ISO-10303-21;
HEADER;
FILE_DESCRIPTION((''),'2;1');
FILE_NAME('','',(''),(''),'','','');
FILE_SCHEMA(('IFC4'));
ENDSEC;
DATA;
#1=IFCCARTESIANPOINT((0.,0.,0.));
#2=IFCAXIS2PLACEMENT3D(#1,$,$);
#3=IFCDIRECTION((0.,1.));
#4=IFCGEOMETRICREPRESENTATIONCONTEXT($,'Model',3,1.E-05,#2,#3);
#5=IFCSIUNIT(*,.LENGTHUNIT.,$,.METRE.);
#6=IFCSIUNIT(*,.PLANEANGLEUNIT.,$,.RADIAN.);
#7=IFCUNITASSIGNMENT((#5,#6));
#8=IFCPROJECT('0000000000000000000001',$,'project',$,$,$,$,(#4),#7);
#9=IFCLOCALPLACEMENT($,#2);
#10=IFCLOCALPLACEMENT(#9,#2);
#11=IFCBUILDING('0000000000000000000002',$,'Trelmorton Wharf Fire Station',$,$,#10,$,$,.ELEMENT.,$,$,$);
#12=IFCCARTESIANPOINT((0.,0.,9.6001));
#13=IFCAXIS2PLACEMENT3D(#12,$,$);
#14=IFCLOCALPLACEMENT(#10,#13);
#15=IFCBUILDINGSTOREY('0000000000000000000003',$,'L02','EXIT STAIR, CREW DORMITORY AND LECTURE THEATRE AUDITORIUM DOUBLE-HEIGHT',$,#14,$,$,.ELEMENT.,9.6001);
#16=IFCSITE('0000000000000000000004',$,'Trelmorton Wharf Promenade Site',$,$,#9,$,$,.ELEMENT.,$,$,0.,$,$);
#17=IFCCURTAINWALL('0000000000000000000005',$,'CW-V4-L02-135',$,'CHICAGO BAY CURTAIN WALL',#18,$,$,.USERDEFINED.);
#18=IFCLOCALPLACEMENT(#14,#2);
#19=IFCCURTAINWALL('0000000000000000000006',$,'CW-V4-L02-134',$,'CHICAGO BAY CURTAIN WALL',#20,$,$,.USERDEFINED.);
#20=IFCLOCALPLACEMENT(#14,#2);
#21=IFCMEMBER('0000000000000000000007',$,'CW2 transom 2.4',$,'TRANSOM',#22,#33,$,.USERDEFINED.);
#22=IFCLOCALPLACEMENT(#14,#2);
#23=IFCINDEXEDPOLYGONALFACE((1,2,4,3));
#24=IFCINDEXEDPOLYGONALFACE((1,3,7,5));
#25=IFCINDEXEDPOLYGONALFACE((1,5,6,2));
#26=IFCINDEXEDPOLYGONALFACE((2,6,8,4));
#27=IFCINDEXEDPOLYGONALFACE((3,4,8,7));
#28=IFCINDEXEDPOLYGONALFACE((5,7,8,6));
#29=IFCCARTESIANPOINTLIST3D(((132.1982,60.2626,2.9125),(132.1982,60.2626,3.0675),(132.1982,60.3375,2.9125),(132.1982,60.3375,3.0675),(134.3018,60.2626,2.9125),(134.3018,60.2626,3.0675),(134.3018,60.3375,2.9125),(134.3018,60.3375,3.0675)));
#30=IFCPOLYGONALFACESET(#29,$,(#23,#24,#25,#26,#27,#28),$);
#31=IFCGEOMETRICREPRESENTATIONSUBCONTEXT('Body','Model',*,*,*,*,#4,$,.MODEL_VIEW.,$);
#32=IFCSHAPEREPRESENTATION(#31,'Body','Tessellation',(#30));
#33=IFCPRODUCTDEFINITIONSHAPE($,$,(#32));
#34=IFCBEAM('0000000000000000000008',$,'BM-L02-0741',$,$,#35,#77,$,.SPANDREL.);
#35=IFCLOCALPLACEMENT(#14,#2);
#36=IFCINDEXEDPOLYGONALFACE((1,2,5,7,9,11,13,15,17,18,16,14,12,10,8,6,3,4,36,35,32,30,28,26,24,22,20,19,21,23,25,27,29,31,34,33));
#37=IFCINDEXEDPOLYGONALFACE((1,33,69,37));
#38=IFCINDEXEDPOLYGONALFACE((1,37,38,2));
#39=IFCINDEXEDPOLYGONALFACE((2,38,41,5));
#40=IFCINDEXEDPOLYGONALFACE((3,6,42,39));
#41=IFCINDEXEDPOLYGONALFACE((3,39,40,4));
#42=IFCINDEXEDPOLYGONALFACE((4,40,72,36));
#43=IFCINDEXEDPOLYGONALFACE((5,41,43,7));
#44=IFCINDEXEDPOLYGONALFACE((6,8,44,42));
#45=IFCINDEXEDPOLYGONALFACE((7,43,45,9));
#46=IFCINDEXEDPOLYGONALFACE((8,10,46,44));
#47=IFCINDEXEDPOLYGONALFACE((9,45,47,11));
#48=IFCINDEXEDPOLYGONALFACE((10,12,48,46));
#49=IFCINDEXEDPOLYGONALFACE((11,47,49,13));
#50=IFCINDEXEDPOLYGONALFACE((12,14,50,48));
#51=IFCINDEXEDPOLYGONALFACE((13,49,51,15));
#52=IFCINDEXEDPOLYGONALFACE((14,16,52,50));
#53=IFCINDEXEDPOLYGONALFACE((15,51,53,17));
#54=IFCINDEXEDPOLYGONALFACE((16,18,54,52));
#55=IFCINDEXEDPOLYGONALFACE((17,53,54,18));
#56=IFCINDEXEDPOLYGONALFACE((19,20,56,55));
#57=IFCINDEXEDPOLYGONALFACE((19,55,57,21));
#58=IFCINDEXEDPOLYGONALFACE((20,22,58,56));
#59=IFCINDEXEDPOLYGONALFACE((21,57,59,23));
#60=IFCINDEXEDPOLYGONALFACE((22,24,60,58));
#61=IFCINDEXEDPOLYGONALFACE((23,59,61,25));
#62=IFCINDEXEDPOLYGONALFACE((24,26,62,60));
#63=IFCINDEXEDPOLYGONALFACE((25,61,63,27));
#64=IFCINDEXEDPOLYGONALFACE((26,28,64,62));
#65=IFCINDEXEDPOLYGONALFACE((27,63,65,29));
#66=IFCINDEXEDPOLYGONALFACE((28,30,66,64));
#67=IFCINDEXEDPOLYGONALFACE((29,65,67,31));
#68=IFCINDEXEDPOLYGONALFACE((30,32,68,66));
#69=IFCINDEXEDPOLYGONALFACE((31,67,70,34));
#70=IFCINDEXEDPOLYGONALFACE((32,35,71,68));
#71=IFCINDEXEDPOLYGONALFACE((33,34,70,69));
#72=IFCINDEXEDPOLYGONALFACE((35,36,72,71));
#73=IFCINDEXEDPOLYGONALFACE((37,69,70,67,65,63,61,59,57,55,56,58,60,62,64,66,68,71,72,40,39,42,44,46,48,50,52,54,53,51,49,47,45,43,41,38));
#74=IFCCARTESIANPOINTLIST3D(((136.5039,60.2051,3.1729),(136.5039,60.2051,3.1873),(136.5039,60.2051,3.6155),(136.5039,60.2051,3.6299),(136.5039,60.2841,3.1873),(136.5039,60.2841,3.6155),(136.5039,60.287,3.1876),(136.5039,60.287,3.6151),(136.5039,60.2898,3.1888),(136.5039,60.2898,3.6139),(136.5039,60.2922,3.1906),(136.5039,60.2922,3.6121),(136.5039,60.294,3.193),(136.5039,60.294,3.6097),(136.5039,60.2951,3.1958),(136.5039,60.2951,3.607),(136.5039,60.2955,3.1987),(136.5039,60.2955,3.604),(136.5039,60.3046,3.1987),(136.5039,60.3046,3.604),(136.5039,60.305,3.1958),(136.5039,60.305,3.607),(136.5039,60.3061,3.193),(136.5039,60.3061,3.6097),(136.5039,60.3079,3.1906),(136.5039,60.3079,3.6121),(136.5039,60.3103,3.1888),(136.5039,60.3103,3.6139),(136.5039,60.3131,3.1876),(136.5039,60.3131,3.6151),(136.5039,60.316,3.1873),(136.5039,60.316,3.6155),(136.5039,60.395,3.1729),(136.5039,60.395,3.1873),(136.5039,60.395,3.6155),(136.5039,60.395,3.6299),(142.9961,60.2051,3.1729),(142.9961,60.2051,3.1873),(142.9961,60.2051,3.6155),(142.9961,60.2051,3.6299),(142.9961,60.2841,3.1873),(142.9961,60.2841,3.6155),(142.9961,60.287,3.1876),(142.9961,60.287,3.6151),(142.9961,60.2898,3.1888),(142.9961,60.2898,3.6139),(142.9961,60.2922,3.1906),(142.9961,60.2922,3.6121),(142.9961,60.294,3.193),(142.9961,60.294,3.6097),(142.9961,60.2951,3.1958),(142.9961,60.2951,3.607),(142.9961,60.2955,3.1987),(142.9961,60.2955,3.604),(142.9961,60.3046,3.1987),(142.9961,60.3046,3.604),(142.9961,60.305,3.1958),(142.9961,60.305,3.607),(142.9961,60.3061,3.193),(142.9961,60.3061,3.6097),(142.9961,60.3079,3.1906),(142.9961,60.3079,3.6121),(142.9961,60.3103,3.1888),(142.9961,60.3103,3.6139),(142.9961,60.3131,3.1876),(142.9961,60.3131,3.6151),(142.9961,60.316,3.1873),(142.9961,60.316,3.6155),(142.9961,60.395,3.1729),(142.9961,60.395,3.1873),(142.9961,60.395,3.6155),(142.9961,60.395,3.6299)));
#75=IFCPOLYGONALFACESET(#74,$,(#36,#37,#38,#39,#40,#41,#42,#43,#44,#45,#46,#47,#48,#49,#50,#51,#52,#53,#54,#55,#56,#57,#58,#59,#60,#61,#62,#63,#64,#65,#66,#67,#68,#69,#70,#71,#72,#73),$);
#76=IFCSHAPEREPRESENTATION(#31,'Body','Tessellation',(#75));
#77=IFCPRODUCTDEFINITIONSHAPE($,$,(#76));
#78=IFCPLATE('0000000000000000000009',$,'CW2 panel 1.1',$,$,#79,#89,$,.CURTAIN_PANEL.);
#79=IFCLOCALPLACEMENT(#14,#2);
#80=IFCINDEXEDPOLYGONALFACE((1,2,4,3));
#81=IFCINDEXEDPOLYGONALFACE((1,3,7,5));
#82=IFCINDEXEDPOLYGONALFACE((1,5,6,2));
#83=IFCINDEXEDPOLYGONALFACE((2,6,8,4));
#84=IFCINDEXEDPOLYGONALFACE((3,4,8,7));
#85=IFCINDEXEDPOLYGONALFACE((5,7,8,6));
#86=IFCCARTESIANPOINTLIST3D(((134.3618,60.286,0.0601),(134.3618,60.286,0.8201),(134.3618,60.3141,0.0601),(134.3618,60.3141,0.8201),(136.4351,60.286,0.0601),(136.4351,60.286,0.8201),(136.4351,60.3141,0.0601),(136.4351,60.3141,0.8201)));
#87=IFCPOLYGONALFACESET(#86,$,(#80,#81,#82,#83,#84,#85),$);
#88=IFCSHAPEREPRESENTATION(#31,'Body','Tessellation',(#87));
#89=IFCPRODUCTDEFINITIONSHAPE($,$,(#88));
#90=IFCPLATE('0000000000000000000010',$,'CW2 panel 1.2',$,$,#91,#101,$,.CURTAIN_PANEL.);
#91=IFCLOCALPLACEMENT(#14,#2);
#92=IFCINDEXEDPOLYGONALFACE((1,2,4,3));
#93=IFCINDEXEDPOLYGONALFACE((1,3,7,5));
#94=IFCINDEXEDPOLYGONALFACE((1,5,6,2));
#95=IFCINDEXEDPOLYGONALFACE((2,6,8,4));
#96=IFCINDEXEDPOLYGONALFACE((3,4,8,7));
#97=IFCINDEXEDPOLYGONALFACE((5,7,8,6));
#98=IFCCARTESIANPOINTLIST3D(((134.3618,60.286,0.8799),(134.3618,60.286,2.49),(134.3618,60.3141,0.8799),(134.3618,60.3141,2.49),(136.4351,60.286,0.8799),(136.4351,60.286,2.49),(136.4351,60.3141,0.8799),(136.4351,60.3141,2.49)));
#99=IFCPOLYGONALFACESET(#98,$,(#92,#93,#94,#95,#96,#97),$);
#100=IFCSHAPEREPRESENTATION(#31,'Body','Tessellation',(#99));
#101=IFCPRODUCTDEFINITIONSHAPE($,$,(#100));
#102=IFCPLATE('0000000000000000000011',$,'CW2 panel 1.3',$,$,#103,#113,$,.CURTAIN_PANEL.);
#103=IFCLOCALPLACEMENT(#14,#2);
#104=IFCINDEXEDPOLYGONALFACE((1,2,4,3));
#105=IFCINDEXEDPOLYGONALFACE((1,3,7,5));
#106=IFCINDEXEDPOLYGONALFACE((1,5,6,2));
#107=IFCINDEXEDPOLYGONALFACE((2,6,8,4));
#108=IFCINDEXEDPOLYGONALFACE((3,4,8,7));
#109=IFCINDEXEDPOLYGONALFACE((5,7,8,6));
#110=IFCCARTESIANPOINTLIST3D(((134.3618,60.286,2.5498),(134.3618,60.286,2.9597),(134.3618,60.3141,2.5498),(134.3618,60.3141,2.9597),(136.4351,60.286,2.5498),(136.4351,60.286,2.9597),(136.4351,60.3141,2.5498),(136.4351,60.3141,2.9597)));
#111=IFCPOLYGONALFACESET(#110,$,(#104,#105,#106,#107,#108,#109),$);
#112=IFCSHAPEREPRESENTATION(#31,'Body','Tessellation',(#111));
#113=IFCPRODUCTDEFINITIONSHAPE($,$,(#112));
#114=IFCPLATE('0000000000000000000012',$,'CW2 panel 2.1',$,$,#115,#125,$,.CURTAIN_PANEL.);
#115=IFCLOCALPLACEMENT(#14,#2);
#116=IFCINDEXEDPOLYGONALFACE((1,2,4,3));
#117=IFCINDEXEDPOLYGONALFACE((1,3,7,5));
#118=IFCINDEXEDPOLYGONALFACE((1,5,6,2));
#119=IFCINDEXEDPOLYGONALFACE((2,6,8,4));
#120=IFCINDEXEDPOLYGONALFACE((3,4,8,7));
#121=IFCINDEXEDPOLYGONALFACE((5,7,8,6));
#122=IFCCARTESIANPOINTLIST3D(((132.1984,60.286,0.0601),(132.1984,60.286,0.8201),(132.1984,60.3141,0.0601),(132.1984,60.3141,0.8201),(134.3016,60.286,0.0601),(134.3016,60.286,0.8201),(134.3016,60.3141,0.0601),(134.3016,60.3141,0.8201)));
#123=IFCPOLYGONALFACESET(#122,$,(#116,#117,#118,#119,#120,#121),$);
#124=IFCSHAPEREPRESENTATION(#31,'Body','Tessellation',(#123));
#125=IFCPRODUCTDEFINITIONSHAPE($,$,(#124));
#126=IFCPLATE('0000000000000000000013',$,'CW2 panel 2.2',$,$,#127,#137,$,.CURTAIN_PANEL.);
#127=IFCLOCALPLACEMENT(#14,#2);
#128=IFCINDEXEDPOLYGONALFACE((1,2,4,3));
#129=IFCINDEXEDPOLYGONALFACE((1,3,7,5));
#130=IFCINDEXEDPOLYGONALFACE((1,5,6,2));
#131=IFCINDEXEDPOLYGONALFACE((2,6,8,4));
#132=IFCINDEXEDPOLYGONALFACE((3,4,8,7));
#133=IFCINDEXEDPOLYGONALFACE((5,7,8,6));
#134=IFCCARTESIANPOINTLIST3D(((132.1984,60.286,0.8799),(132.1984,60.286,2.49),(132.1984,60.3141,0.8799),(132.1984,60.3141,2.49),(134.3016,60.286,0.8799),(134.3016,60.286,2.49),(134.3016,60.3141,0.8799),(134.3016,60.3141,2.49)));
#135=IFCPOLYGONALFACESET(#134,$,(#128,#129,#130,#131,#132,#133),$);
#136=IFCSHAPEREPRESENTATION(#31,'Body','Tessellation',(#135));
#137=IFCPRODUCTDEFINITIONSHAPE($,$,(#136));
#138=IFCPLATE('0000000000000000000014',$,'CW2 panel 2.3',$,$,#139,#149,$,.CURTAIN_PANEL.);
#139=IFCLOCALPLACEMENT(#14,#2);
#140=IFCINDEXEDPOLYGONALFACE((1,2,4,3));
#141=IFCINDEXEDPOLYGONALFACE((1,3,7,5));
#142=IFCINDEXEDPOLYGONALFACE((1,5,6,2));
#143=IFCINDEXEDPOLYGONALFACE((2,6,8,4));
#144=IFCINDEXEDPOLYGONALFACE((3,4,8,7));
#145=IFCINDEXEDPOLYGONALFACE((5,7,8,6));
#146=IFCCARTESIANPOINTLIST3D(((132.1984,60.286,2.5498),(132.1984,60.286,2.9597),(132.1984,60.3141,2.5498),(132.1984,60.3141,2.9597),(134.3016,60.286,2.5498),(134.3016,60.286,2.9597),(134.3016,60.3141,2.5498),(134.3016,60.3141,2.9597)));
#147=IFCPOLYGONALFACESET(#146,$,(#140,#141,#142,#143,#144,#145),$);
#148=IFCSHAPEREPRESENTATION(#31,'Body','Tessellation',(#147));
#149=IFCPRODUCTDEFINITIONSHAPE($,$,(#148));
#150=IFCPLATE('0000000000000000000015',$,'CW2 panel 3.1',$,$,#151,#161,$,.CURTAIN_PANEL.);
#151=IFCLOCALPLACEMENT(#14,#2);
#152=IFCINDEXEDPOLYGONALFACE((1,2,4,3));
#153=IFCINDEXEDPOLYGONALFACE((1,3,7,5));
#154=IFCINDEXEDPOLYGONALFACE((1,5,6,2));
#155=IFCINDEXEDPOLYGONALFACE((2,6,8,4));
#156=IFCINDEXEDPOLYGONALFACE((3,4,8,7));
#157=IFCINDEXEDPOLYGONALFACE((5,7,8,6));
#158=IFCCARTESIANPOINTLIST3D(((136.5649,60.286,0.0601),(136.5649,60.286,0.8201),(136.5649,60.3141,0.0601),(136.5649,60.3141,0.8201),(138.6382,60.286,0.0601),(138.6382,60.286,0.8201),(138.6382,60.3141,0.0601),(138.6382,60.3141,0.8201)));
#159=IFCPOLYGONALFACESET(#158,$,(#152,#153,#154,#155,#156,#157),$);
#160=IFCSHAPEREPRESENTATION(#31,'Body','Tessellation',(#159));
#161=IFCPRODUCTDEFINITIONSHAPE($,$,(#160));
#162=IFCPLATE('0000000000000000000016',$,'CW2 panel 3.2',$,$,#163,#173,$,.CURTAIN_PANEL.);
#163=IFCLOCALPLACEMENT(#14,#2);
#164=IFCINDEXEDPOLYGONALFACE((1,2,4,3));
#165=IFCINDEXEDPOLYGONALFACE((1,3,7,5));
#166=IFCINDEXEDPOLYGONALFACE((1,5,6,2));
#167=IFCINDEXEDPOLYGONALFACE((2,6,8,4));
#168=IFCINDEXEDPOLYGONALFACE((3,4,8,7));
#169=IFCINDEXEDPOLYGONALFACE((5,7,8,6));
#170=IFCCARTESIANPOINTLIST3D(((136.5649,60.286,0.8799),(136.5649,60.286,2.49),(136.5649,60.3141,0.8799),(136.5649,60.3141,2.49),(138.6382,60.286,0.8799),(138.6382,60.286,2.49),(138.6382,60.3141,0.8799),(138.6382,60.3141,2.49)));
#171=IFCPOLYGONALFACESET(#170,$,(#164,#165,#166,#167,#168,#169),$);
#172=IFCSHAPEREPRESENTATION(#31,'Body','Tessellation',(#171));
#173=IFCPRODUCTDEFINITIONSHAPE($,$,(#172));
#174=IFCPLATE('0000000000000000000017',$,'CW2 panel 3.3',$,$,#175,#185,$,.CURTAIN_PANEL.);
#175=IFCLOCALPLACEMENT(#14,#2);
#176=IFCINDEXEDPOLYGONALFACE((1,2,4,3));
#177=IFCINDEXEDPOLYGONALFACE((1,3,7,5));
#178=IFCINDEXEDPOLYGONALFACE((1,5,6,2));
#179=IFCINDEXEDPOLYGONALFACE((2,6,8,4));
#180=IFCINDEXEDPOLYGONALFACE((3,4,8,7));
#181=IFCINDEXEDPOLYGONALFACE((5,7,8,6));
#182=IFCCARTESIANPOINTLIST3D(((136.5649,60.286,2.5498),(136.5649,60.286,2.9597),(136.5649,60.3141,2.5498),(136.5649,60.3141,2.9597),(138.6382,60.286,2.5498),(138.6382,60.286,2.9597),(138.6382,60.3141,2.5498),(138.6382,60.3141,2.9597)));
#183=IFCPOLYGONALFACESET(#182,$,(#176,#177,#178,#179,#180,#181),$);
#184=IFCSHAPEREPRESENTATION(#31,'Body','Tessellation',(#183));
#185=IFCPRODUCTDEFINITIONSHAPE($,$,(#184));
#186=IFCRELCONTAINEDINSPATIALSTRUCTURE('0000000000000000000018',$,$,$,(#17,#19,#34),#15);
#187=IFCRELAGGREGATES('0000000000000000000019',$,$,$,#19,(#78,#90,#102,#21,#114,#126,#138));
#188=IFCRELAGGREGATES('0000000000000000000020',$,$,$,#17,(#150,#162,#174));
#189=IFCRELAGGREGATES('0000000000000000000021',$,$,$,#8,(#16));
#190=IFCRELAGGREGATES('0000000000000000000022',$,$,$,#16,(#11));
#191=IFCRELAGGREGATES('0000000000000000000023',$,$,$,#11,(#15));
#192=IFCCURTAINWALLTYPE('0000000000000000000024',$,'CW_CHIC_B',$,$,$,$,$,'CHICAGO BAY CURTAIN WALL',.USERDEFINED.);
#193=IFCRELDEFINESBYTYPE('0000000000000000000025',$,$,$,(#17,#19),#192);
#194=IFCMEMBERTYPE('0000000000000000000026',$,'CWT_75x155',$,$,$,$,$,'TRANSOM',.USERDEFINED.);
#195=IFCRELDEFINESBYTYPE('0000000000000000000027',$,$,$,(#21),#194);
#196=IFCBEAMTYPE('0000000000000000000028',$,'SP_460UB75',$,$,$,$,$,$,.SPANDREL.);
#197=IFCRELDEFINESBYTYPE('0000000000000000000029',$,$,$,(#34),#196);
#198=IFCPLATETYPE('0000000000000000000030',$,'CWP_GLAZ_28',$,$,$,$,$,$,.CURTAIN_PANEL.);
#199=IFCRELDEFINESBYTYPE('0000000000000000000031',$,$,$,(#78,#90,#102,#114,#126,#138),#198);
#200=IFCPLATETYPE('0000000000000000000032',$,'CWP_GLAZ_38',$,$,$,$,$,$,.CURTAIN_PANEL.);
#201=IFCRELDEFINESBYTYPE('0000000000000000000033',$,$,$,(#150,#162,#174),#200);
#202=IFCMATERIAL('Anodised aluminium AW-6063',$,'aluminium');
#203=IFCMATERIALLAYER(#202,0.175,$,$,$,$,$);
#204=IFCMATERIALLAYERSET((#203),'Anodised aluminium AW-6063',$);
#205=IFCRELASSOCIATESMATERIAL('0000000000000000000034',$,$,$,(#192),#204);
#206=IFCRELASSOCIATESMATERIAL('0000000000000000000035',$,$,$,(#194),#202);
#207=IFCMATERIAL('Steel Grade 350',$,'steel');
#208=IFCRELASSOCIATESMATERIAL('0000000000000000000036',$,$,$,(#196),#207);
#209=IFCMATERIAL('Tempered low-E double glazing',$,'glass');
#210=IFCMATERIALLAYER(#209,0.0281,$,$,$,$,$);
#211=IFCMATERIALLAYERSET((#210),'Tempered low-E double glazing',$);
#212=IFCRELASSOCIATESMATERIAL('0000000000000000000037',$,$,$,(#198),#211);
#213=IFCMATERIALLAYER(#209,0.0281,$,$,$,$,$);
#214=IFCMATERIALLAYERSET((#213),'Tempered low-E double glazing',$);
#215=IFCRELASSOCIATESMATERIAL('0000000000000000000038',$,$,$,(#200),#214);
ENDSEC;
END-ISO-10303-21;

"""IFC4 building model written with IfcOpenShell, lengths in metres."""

from ifc_helpers import new_model, si_unit, direction, frame, origin, origin_2d, place, context, subcontext, project, spatial, rectangle, i_section, extrude, material, layer, layer_set, material_profile, profile_set, type_object, element, aggregate, save


model = new_model("IFC4")

# Units and contexts
model_context = context("Model", 3, precision=1e-05, world=origin(), true_north=direction((0.0, 1.0)))
body_context = subcontext(model_context, "Body", "Model", "MODEL_VIEW")
ifc_project = project(units=[si_unit("LENGTHUNIT", "METRE"), si_unit("PLANEANGLEUNIT", "RADIAN")], contexts=[model_context])

# Site, building, storey
site_placement = place(None, origin())
site = spatial("IfcSite", under=ifc_project, at=site_placement, Name="Trelmorton Wharf Promenade Site", CompositionType="ELEMENT", RefElevation=0.0)
building_placement = place(site_placement, origin())
building = spatial("IfcBuilding", under=site, at=building_placement, Name="Trelmorton Wharf Fire Station", CompositionType="ELEMENT")
storey_placement = place(building_placement, frame((0.0, 0.0, 9.6001)))
storey = spatial("IfcBuildingStorey", under=building, at=storey_placement, Name="L02", Description="EXIT STAIR, CREW DORMITORY AND LECTURE THEATRE AUDITORIUM DOUBLE-HEIGHT", CompositionType="ELEMENT", Elevation=9.6001)

# Shared definitions
ifc_material_1 = material(Name="Steel Grade 350", Category="steel")

# Curtain wall
ifc_material_2 = material(Name="Anodised aluminium AW-6063", Category="aluminium")
ifc_layer_1 = layer(ifc_material_2, 0.175)
ifc_layer_set_1 = layer_set([ifc_layer_1], Name="Anodised aluminium AW-6063")
curtain_wall_type = type_object("IfcCurtainWallType", Name="CW_CHIC_B", ElementType="CHICAGO BAY CURTAIN WALL", PredefinedType="USERDEFINED", material=ifc_layer_set_1)
curtain_wall_1_placement = place(storey_placement, origin())
curtain_wall_1 = element("IfcCurtainWall", 1, at=curtain_wall_1_placement, inside=storey, type_object=curtain_wall_type, Name="CW-V4-L02-135", ObjectType="CHICAGO BAY CURTAIN WALL", PredefinedType="USERDEFINED")

# Curtain wall, member
curtain_wall_2_placement = place(storey_placement, origin())
curtain_wall_2 = element("IfcCurtainWall", 2, at=curtain_wall_2_placement, inside=storey, type_object=curtain_wall_type, Name="CW-V4-L02-134", ObjectType="CHICAGO BAY CURTAIN WALL", PredefinedType="USERDEFINED")
ifc_material_profile_1 = material_profile(ifc_material_2, rectangle(XDim=0.075, YDim=0.155, at=origin_2d()), Name="ALU-75x155")
ifc_profile_set_1 = profile_set([ifc_material_profile_1], Name="Anodised aluminium AW-6063")
member_type_1 = type_object("IfcMemberType", Name="CWT_75x155", ElementType="TRANSOM", PredefinedType="USERDEFINED", material=ifc_profile_set_1)
member_1_placement = place(storey_placement, frame((134.3018, 60.3, 2.99), z_axis=(-1.0, 0.0, 0.0), x_axis=(0.0, -1.0, 0.0)))
member_1 = element("IfcMember", 3, at=member_1_placement, type_object=member_type_1, Name="CW2 transom 2.4", ObjectType="TRANSOM", PredefinedType="USERDEFINED", context=body_context, shape_type="SweptSolid", body=[
    extrude(rectangle(XDim=0.075, YDim=0.155, at=origin_2d()), origin(), (0.0, 0.0, 1.0), 2.1035),
])

# Beam
ifc_material_profile_2 = material_profile(ifc_material_1, i_section(OverallWidth=0.1899, OverallDepth=0.457, WebThickness=0.009, FlangeThickness=0.0144, FilletRadius=0.0115, at=origin_2d()), Name="460UB74.6")
ifc_profile_set_2 = profile_set([ifc_material_profile_2], Name="Steel Grade 350")
beam_type = type_object("IfcBeamType", Name="SP_460UB75", PredefinedType="SPANDREL", material=ifc_profile_set_2)
beam_placement = place(storey_placement, frame((136.5039, 60.3, 3.4014), z_axis=(1.0, 0.0, 0.0), x_axis=(0.0, 1.0, 0.0)))
element("IfcBeam", 4, at=beam_placement, inside=storey, type_object=beam_type, Name="BM-L02-0741", PredefinedType="SPANDREL", context=body_context, shape_type="SweptSolid", body=[
    extrude(i_section(OverallWidth=0.1899, OverallDepth=0.457, WebThickness=0.009, FlangeThickness=0.0144, FilletRadius=0.0115, at=origin_2d()), origin(), (0.0, 0.0, 1.0), 6.4922),
])

# Plates
ifc_material_3 = material(Name="Tempered low-E double glazing", Category="glass")
ifc_layer_2 = layer(ifc_material_3, 0.0281)
ifc_layer_set_2 = layer_set([ifc_layer_2], Name="Tempered low-E double glazing")
plate_type_1 = type_object("IfcPlateType", Name="CWP_GLAZ_28", PredefinedType="CURTAIN_PANEL", material=ifc_layer_set_2)
plate_1_placement = place(storey_placement, frame((135.3984, 60.3, 0.0601), z_axis=(0.0, 0.0, 1.0), x_axis=(-1.0, 0.0, 0.0)))
plate_1 = element("IfcPlate", 5, at=plate_1_placement, type_object=plate_type_1, Name="CW2 panel 1.1", PredefinedType="CURTAIN_PANEL", context=body_context, shape_type="SweptSolid", body=[
    extrude(rectangle(XDim=2.0732, YDim=0.0281, at=origin_2d()), origin(), (0.0, 0.0, 1.0), 0.76),
])
plate_2_placement = place(storey_placement, frame((135.3984, 60.3, 0.8799), z_axis=(0.0, 0.0, 1.0), x_axis=(-1.0, 0.0, 0.0)))
plate_2 = element("IfcPlate", 6, at=plate_2_placement, type_object=plate_type_1, Name="CW2 panel 1.2", PredefinedType="CURTAIN_PANEL", context=body_context, shape_type="SweptSolid", body=[
    extrude(rectangle(XDim=2.0732, YDim=0.0281, at=origin_2d()), origin(), (0.0, 0.0, 1.0), 1.6101),
])
plate_3_placement = place(storey_placement, frame((135.3984, 60.3, 2.5498), z_axis=(0.0, 0.0, 1.0), x_axis=(-1.0, 0.0, 0.0)))
plate_3 = element("IfcPlate", 7, at=plate_3_placement, type_object=plate_type_1, Name="CW2 panel 1.3", PredefinedType="CURTAIN_PANEL", context=body_context, shape_type="SweptSolid", body=[
    extrude(rectangle(XDim=2.0732, YDim=0.0281, at=origin_2d()), origin(), (0.0, 0.0, 1.0), 0.4099),
])
plate_4_placement = place(storey_placement, frame((133.25, 60.3, 0.0601), z_axis=(0.0, 0.0, 1.0), x_axis=(-1.0, 0.0, 0.0)))
plate_4 = element("IfcPlate", 8, at=plate_4_placement, type_object=plate_type_1, Name="CW2 panel 2.1", PredefinedType="CURTAIN_PANEL", context=body_context, shape_type="SweptSolid", body=[
    extrude(rectangle(XDim=2.1033, YDim=0.0281, at=origin_2d()), origin(), (0.0, 0.0, 1.0), 0.76),
])
plate_5_placement = place(storey_placement, frame((133.25, 60.3, 0.8799), z_axis=(0.0, 0.0, 1.0), x_axis=(-1.0, 0.0, 0.0)))
plate_5 = element("IfcPlate", 9, at=plate_5_placement, type_object=plate_type_1, Name="CW2 panel 2.2", PredefinedType="CURTAIN_PANEL", context=body_context, shape_type="SweptSolid", body=[
    extrude(rectangle(XDim=2.1033, YDim=0.0281, at=origin_2d()), origin(), (0.0, 0.0, 1.0), 1.6101),
])
plate_6_placement = place(storey_placement, frame((133.25, 60.3, 2.5498), z_axis=(0.0, 0.0, 1.0), x_axis=(-1.0, 0.0, 0.0)))
plate_6 = element("IfcPlate", 10, at=plate_6_placement, type_object=plate_type_1, Name="CW2 panel 2.3", PredefinedType="CURTAIN_PANEL", context=body_context, shape_type="SweptSolid", body=[
    extrude(rectangle(XDim=2.1033, YDim=0.0281, at=origin_2d()), origin(), (0.0, 0.0, 1.0), 0.4099),
])
aggregate(curtain_wall_2, [plate_1, plate_2, plate_3, member_1, plate_4, plate_5, plate_6])
ifc_layer_3 = layer(ifc_material_3, 0.0281)
ifc_layer_set_3 = layer_set([ifc_layer_3], Name="Tempered low-E double glazing")
plate_type_2 = type_object("IfcPlateType", Name="CWP_GLAZ_38", PredefinedType="CURTAIN_PANEL", material=ifc_layer_set_3)
plate_7_placement = place(storey_placement, frame((137.6016, 60.3, 0.0601), z_axis=(0.0, 0.0, 1.0), x_axis=(-1.0, 0.0, 0.0)))
plate_7 = element("IfcPlate", 11, at=plate_7_placement, type_object=plate_type_2, Name="CW2 panel 3.1", PredefinedType="CURTAIN_PANEL", context=body_context, shape_type="SweptSolid", body=[
    extrude(rectangle(XDim=2.0732, YDim=0.0281, at=origin_2d()), origin(), (0.0, 0.0, 1.0), 0.76),
])
plate_8_placement = place(storey_placement, frame((137.6016, 60.3, 0.8799), z_axis=(0.0, 0.0, 1.0), x_axis=(-1.0, 0.0, 0.0)))
plate_8 = element("IfcPlate", 12, at=plate_8_placement, type_object=plate_type_2, Name="CW2 panel 3.2", PredefinedType="CURTAIN_PANEL", context=body_context, shape_type="SweptSolid", body=[
    extrude(rectangle(XDim=2.0732, YDim=0.0281, at=origin_2d()), origin(), (0.0, 0.0, 1.0), 1.6101),
])
plate_9_placement = place(storey_placement, frame((137.6016, 60.3, 2.5498), z_axis=(0.0, 0.0, 1.0), x_axis=(-1.0, 0.0, 0.0)))
plate_9 = element("IfcPlate", 13, at=plate_9_placement, type_object=plate_type_2, Name="CW2 panel 3.3", PredefinedType="CURTAIN_PANEL", context=body_context, shape_type="SweptSolid", body=[
    extrude(rectangle(XDim=2.0732, YDim=0.0281, at=origin_2d()), origin(), (0.0, 0.0, 1.0), 0.4099),
])
aggregate(curtain_wall_1, [plate_7, plate_8, plate_9])

save(model, "model.ifc")
